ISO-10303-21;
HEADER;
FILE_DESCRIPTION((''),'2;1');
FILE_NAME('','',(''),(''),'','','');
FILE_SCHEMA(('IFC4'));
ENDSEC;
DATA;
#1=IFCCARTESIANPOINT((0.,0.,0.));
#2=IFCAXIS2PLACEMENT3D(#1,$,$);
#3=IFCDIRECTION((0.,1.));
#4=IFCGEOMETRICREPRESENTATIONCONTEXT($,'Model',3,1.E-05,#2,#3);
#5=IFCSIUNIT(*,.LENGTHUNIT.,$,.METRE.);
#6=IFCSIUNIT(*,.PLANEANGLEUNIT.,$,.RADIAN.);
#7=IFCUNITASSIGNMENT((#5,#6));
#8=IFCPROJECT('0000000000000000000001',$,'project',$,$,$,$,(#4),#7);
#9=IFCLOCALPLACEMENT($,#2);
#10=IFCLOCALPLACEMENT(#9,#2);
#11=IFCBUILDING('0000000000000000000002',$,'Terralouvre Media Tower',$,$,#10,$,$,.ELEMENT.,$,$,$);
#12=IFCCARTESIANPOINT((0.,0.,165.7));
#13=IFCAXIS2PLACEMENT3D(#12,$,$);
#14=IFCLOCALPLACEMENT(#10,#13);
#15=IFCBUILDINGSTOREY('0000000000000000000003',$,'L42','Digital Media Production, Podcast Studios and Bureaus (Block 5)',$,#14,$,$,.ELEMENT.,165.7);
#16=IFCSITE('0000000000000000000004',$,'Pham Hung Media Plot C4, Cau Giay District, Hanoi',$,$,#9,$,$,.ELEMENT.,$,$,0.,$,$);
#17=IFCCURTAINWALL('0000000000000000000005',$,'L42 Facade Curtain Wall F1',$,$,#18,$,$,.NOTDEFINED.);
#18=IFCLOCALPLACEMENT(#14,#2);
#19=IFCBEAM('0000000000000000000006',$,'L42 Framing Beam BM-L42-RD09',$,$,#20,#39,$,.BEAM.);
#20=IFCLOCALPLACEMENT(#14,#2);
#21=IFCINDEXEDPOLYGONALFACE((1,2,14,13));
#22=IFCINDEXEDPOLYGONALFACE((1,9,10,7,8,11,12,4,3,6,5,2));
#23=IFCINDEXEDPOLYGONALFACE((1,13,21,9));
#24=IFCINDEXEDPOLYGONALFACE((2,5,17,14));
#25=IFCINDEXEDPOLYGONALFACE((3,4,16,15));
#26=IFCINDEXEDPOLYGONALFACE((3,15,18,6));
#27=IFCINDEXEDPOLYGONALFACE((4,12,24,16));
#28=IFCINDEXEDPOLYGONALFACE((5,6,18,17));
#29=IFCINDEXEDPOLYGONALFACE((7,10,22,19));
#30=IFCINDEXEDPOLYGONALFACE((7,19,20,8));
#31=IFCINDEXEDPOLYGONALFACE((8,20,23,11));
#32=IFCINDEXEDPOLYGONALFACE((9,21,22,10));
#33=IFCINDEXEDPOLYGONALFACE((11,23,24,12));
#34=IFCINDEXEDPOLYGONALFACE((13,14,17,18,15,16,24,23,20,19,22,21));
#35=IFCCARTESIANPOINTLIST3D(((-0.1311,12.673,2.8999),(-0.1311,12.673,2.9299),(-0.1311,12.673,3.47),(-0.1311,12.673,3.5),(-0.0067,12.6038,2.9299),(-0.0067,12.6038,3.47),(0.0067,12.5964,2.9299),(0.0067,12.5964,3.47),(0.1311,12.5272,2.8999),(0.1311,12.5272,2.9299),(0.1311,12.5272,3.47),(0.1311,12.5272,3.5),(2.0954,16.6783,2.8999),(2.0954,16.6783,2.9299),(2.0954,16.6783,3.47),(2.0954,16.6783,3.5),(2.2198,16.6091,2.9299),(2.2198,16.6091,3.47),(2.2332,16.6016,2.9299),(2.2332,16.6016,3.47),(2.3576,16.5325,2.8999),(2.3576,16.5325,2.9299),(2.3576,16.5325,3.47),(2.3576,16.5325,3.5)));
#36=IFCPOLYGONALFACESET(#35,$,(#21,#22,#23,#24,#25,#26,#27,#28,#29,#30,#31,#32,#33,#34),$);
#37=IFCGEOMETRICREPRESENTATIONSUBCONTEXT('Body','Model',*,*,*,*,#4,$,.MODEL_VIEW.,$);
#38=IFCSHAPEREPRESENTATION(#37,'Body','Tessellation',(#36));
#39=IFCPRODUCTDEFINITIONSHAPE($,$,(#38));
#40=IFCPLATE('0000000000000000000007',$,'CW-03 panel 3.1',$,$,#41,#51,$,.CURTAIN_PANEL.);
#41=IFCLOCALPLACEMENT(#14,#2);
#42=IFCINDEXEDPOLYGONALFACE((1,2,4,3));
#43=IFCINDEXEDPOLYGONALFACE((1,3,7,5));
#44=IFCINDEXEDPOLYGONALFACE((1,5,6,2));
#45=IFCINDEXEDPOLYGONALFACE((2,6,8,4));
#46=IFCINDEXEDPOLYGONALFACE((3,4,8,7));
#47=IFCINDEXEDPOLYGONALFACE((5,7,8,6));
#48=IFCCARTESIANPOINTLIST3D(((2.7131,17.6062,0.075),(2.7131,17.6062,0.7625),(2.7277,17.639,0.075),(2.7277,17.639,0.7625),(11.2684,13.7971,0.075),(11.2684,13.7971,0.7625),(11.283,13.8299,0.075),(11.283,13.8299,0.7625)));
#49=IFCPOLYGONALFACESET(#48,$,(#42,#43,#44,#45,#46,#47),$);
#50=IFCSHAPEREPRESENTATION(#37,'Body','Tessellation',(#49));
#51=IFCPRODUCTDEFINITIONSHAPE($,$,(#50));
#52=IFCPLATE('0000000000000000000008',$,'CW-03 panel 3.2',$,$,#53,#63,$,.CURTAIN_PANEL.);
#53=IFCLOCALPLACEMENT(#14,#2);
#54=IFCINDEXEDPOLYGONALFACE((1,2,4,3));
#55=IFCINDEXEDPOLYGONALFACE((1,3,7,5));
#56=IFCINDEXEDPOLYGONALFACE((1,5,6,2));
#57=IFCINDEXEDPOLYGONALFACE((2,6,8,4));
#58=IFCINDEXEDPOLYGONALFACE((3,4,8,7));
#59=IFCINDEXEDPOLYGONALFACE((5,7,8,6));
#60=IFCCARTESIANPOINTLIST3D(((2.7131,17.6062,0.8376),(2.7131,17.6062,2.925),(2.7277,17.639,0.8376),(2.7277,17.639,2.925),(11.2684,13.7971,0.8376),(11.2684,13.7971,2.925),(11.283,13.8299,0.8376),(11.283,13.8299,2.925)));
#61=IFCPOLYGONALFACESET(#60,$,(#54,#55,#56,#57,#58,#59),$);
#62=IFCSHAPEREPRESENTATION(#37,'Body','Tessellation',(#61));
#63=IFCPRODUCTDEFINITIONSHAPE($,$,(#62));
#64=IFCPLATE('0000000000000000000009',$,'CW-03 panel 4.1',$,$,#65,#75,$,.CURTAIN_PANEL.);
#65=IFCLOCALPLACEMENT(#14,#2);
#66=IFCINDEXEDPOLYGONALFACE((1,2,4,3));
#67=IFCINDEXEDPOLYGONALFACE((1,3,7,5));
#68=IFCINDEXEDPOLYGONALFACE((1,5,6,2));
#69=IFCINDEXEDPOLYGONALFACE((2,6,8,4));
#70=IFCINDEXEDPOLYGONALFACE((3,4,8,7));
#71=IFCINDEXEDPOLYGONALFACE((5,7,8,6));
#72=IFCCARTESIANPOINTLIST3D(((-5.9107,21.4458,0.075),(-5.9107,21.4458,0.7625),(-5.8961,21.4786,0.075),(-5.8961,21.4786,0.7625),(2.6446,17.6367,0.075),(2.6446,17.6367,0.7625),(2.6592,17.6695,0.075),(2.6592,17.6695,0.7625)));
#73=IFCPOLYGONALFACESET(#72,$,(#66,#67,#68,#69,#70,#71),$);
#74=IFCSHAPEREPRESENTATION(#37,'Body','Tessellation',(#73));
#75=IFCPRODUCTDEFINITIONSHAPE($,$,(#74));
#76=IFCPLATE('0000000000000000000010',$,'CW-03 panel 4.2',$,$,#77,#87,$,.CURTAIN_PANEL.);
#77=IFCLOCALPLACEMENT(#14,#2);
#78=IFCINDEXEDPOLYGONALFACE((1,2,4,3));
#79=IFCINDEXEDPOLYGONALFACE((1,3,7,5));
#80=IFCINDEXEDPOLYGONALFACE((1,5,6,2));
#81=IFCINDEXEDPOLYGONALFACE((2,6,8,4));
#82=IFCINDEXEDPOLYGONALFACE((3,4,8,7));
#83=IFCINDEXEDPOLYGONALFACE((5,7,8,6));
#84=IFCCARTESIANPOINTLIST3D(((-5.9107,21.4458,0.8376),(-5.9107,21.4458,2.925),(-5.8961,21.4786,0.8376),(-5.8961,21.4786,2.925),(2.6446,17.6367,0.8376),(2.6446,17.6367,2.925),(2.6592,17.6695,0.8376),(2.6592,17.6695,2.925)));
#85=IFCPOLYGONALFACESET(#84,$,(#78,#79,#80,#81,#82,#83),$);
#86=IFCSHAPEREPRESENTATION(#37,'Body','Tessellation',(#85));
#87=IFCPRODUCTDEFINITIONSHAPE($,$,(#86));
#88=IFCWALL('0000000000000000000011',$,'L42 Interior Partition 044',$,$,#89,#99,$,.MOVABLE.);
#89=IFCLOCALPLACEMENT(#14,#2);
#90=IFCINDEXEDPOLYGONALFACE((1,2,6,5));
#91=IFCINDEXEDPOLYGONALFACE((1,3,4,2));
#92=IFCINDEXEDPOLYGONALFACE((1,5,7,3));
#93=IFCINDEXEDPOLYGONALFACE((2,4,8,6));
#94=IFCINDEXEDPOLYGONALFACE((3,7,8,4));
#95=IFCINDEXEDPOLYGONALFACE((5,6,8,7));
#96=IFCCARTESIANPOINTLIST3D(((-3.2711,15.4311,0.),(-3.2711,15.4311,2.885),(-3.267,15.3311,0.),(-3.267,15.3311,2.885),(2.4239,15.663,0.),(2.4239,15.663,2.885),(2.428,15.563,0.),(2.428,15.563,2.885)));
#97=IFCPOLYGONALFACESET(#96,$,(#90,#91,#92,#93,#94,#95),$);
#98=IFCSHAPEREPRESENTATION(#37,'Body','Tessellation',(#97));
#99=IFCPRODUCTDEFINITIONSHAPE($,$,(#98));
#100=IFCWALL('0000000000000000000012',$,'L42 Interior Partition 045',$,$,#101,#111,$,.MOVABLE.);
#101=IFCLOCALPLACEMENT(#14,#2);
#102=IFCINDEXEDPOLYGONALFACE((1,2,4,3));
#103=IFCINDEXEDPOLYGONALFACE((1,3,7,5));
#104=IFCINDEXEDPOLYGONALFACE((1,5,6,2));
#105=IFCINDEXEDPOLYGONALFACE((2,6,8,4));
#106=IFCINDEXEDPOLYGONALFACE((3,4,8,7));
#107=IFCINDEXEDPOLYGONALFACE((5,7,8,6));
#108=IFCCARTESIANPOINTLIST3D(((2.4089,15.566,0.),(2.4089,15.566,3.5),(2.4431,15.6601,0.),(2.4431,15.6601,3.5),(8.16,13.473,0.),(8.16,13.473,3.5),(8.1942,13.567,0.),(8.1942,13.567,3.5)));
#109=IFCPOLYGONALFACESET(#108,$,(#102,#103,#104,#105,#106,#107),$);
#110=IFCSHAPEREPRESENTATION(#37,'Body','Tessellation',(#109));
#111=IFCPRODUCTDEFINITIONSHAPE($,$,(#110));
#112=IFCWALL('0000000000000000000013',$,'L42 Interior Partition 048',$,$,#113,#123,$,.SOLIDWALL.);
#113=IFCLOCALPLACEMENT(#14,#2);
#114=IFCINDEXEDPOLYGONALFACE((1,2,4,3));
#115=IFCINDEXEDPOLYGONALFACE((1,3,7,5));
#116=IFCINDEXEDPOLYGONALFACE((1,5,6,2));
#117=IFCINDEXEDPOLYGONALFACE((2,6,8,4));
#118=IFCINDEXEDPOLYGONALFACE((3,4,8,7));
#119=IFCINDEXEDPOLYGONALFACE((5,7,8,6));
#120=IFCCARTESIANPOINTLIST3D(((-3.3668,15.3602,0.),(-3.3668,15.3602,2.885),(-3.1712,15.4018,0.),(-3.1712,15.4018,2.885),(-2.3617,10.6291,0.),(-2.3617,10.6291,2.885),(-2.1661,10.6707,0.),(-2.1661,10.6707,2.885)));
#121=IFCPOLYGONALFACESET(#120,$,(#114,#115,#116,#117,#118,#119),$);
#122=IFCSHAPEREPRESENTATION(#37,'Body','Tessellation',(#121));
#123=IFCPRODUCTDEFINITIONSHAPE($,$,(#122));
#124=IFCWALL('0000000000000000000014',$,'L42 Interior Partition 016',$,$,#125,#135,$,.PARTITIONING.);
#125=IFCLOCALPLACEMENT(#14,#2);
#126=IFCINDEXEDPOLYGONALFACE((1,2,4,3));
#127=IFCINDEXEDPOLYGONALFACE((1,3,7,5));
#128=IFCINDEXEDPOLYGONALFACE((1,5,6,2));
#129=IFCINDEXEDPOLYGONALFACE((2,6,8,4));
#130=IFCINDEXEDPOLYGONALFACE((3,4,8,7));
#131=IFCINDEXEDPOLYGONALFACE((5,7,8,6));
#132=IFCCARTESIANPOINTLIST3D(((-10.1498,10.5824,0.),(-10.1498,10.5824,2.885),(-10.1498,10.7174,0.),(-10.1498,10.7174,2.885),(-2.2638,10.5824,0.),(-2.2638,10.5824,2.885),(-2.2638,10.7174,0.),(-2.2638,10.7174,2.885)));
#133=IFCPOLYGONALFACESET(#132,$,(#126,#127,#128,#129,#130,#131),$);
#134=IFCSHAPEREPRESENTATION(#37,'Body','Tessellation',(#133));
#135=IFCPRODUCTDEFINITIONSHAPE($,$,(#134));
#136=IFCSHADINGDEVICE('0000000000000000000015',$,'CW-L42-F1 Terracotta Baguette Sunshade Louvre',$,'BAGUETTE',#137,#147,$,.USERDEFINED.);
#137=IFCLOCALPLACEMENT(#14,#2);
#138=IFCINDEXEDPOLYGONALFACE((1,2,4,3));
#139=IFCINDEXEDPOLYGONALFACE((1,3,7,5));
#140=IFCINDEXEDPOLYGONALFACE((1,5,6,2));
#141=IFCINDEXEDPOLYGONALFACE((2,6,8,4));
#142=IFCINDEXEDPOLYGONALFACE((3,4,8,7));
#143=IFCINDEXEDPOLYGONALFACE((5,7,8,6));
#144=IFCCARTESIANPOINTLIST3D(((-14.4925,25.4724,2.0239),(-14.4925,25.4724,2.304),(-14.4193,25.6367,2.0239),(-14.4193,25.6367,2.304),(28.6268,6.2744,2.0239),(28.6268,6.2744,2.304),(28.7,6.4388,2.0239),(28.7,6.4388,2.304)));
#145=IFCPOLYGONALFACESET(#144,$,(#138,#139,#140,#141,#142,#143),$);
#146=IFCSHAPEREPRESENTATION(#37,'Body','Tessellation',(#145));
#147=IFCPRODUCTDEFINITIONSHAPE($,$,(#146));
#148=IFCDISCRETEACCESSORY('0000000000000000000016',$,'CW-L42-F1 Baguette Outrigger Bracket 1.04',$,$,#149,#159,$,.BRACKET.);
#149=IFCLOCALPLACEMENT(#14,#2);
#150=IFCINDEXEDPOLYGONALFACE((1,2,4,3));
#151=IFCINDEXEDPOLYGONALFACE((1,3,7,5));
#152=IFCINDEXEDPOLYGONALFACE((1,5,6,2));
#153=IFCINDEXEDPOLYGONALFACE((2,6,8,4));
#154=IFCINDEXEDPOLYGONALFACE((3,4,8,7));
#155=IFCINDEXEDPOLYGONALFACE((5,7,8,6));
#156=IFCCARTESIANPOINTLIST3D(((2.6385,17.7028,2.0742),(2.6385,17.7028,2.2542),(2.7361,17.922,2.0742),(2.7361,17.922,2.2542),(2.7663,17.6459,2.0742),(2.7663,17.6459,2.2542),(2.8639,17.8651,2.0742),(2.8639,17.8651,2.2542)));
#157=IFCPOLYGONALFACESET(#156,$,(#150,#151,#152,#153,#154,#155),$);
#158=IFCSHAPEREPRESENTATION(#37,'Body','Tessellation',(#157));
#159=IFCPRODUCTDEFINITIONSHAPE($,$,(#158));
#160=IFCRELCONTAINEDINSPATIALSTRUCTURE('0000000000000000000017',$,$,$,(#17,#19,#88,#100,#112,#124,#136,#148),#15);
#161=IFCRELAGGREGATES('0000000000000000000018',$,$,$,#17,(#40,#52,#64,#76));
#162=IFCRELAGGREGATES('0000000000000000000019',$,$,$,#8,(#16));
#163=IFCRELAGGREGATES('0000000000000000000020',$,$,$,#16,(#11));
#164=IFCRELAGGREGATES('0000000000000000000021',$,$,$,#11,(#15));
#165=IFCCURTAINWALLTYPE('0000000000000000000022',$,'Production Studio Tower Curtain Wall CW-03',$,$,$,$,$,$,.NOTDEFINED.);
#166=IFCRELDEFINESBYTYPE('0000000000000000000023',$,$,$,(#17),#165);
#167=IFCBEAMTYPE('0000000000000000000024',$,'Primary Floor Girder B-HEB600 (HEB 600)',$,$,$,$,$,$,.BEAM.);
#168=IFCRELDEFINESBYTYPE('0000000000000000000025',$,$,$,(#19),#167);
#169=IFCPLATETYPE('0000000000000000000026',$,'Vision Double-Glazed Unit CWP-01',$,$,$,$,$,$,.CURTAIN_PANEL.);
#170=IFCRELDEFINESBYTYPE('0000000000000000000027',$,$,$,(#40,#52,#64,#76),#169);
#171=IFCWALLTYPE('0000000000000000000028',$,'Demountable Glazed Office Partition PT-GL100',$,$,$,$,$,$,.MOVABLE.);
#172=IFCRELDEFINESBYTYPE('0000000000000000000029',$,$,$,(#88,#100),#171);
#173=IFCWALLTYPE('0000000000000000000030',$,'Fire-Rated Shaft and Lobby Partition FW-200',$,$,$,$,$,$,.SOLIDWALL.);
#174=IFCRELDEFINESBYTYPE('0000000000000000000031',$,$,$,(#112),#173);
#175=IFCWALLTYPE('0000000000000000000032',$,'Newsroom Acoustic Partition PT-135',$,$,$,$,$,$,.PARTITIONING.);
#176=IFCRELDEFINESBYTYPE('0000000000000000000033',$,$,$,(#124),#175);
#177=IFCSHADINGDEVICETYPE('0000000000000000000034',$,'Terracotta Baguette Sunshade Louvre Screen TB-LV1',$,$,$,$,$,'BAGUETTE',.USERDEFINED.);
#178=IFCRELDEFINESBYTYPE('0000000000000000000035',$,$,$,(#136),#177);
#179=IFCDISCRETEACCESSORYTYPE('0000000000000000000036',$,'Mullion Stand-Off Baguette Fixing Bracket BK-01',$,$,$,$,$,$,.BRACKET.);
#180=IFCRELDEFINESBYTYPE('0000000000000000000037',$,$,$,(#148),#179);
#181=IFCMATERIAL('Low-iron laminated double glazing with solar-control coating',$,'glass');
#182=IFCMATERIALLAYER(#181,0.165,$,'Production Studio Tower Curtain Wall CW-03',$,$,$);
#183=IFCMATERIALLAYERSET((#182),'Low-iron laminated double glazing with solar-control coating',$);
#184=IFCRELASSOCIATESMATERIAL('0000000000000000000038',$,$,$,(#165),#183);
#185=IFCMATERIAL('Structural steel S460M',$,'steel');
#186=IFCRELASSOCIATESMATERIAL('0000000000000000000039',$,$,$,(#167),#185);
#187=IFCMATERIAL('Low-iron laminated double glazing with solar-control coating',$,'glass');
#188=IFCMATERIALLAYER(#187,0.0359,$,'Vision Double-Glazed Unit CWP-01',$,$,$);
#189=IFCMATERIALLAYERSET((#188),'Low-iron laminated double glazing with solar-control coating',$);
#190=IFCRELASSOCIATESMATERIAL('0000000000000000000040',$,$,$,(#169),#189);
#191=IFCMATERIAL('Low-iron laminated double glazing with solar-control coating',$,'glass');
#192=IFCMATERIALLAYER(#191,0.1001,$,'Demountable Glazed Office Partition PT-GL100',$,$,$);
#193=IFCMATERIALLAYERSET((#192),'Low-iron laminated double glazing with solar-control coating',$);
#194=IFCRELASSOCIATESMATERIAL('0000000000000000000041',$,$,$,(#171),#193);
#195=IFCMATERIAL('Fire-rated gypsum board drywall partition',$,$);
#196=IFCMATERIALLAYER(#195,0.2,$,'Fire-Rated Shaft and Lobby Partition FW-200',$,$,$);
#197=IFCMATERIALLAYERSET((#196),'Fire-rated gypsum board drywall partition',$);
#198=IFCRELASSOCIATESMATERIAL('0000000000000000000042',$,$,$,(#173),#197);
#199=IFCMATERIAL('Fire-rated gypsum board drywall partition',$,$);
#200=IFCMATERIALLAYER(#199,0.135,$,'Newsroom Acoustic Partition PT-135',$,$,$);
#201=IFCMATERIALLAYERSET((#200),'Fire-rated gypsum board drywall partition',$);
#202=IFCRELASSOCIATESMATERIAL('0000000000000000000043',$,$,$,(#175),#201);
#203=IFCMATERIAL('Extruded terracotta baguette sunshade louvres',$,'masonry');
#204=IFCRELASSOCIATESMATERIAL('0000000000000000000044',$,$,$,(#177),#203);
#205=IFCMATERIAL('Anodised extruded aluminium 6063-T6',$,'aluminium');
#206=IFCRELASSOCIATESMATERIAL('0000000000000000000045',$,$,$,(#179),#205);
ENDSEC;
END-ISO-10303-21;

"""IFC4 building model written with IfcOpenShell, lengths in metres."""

from ifc_helpers import new_model, si_unit, direction, frame, frame_2d, origin, origin_2d, place, context, subcontext, project, spatial, rectangle, i_section, extrude, material, layer, layer_set, material_profile, profile_set, type_object, element, aggregate, save


model = new_model("IFC4")

# Units and contexts
model_context = context("Model", 3, precision=1e-05, world=origin(), true_north=direction((0.0, 1.0)))
body_context = subcontext(model_context, "Body", "Model", "MODEL_VIEW")
ifc_project = project(units=[si_unit("LENGTHUNIT", "METRE"), si_unit("PLANEANGLEUNIT", "RADIAN")], contexts=[model_context])

# Site, building, storey
site_placement = place(None, origin())
site = spatial("IfcSite", under=ifc_project, at=site_placement, Name="Pham Hung Media Plot C4, Cau Giay District, Hanoi", CompositionType="ELEMENT", RefElevation=0.0)
building_placement = place(site_placement, origin())
building = spatial("IfcBuilding", under=site, at=building_placement, Name="Terralouvre Media Tower", CompositionType="ELEMENT")
storey_placement = place(building_placement, frame((0.0, 0.0, 165.7)))
storey = spatial("IfcBuildingStorey", under=building, at=storey_placement, Name="L42", Description="Digital Media Production, Podcast Studios and Bureaus (Block 5)", CompositionType="ELEMENT", Elevation=165.7)

# Curtain wall
ifc_material_1 = material(Name="Low-iron laminated double glazing with solar-control coating", Category="glass")
ifc_layer_1 = layer(ifc_material_1, 0.165, Name="Production Studio Tower Curtain Wall CW-03")
ifc_layer_set_1 = layer_set([ifc_layer_1], Name="Low-iron laminated double glazing with solar-control coating")
curtain_wall_type = type_object("IfcCurtainWallType", Name="Production Studio Tower Curtain Wall CW-03", PredefinedType="NOTDEFINED", material=ifc_layer_set_1)
curtain_wall_placement = place(storey_placement, origin())
curtain_wall = element("IfcCurtainWall", 1, at=curtain_wall_placement, inside=storey, type_object=curtain_wall_type, Name="L42 Facade Curtain Wall F1", PredefinedType="NOTDEFINED")

# Beam
ifc_material_2 = material(Name="Structural steel S460M", Category="steel")
ifc_material_profile_1 = material_profile(ifc_material_2, i_section(OverallWidth=0.3, OverallDepth=0.6001, WebThickness=0.0154, FlangeThickness=0.03, at=origin_2d()), Name="HEB 600")
ifc_profile_set_1 = profile_set([ifc_material_profile_1], Name="Structural steel S460M")
beam_type_1 = type_object("IfcBeamType", Name="Primary Floor Girder B-HEB600 (HEB 600)", PredefinedType="BEAM", material=ifc_profile_set_1)
beam_1_placement = place(storey_placement, frame((0.0, 12.6001, 3.2), z_axis=(0.485869, 0.874032, 0.0), x_axis=(-0.874032, 0.485869, 0.0)))
element("IfcBeam", 2, at=beam_1_placement, inside=storey, type_object=beam_type_1, Name="L42 Framing Beam BM-L42-RD09", PredefinedType="BEAM", context=body_context, shape_type="SweptSolid", body=[
    extrude(i_section(OverallWidth=0.3, OverallDepth=0.6001, WebThickness=0.0154, FlangeThickness=0.03, at=origin_2d()), origin(), (0.0, 0.0, 1.0), 4.5825),
])

# Plates
ifc_material_3 = material(Name="Low-iron laminated double glazing with solar-control coating", Category="glass")
ifc_layer_2 = layer(ifc_material_3, 0.0359, Name="Vision Double-Glazed Unit CWP-01")
ifc_layer_set_2 = layer_set([ifc_layer_2], Name="Low-iron laminated double glazing with solar-control coating")
plate_type = type_object("IfcPlateType", Name="Vision Double-Glazed Unit CWP-01", PredefinedType="CURTAIN_PANEL", material=ifc_layer_set_2)
plate_1_placement = place(storey_placement, frame((6.998, 15.718, 0.075), z_axis=(0.0, 0.0, 1.0), x_axis=(-0.913545, 0.406737, 0.0)))
plate_1 = element("IfcPlate", 3, at=plate_1_placement, type_object=plate_type, Name="CW-03 panel 3.1", PredefinedType="CURTAIN_PANEL", context=body_context, shape_type="SweptSolid", body=[
    extrude(rectangle(XDim=9.365, YDim=0.0359, at=origin_2d()), origin(), (0.0, 0.0, 1.0), 0.6875),
])
plate_2_placement = place(storey_placement, frame((6.998, 15.718, 0.8376), z_axis=(0.0, 0.0, 1.0), x_axis=(-0.913545, 0.406737, 0.0)))
plate_2 = element("IfcPlate", 4, at=plate_2_placement, type_object=plate_type, Name="CW-03 panel 3.2", PredefinedType="CURTAIN_PANEL", context=body_context, shape_type="SweptSolid", body=[
    extrude(rectangle(XDim=9.365, YDim=0.0359, at=origin_2d()), origin(), (0.0, 0.0, 1.0), 2.0874),
])
plate_3_placement = place(storey_placement, frame((-1.6257, 19.5576, 0.075), z_axis=(0.0, 0.0, 1.0), x_axis=(-0.913545, 0.406737, 0.0)))
plate_3 = element("IfcPlate", 5, at=plate_3_placement, type_object=plate_type, Name="CW-03 panel 4.1", PredefinedType="CURTAIN_PANEL", context=body_context, shape_type="SweptSolid", body=[
    extrude(rectangle(XDim=9.365, YDim=0.0359, at=origin_2d()), origin(), (0.0, 0.0, 1.0), 0.6875),
])
plate_4_placement = place(storey_placement, frame((-1.6257, 19.5576, 0.8376), z_axis=(0.0, 0.0, 1.0), x_axis=(-0.913545, 0.406737, 0.0)))
plate_4 = element("IfcPlate", 6, at=plate_4_placement, type_object=plate_type, Name="CW-03 panel 4.2", PredefinedType="CURTAIN_PANEL", context=body_context, shape_type="SweptSolid", body=[
    extrude(rectangle(XDim=9.365, YDim=0.0359, at=origin_2d()), origin(), (0.0, 0.0, 1.0), 2.0874),
])
aggregate(curtain_wall, [plate_1, plate_2, plate_3, plate_4])

# Walls
ifc_material_4 = material(Name="Low-iron laminated double glazing with solar-control coating", Category="glass")
ifc_layer_3 = layer(ifc_material_4, 0.1001, Name="Demountable Glazed Office Partition PT-GL100")
ifc_layer_set_3 = layer_set([ifc_layer_3], Name="Low-iron laminated double glazing with solar-control coating")
wall_type_1 = type_object("IfcWallType", Name="Demountable Glazed Office Partition PT-GL100", PredefinedType="MOVABLE", material=ifc_layer_set_3)
wall_1_placement = place(storey_placement, frame((-3.269, 15.3811, 0.0), z_axis=(0.0, 0.0, 1.0), x_axis=(0.999172, 0.040692, 0.0)))
element("IfcWall", 7, at=wall_1_placement, inside=storey, type_object=wall_type_1, Name="L42 Interior Partition 044", PredefinedType="MOVABLE", context=body_context, shape_type="SweptSolid", body=[
    extrude(rectangle(XDim=5.6997, YDim=0.1001, at=frame_2d((2.8499, 0.0))), origin(), (0.0, 0.0, 1.0), 2.885),
])
wall_2_placement = place(storey_placement, frame((2.426, 15.613, 0.0), z_axis=(0.0, 0.0, 1.0), x_axis=(0.939701, -0.341996, 0.0)))
element("IfcWall", 8, at=wall_2_placement, inside=storey, type_object=wall_type_1, Name="L42 Interior Partition 045", PredefinedType="MOVABLE", context=body_context, shape_type="SweptSolid", body=[
    extrude(rectangle(XDim=6.1201, YDim=0.1001, at=frame_2d((3.0601, 0.0))), origin(), (0.0, 0.0, 1.0), 3.5),
])
ifc_material_5 = material(Name="Fire-rated gypsum board drywall partition")
ifc_layer_4 = layer(ifc_material_5, 0.2, Name="Fire-Rated Shaft and Lobby Partition FW-200")
ifc_layer_set_4 = layer_set([ifc_layer_4], Name="Fire-rated gypsum board drywall partition")
wall_type_2 = type_object("IfcWallType", Name="Fire-Rated Shaft and Lobby Partition FW-200", PredefinedType="SOLIDWALL", material=ifc_layer_set_4)
wall_3_placement = place(storey_placement, frame((-3.269, 15.3811, 0.0), z_axis=(0.0, 0.0, 1.0), x_axis=(0.207809, -0.978169, 0.0)))
element("IfcWall", 9, at=wall_3_placement, inside=storey, type_object=wall_type_2, Name="L42 Interior Partition 048", PredefinedType="SOLIDWALL", context=body_context, shape_type="SweptSolid", body=[
    extrude(rectangle(XDim=4.8367, YDim=0.2, at=frame_2d((2.4185, 0.0))), origin(), (0.0, 0.0, 1.0), 2.885),
])
ifc_material_6 = material(Name="Fire-rated gypsum board drywall partition")
ifc_layer_5 = layer(ifc_material_6, 0.135, Name="Newsroom Acoustic Partition PT-135")
ifc_layer_set_5 = layer_set([ifc_layer_5], Name="Fire-rated gypsum board drywall partition")
wall_type_3 = type_object("IfcWallType", Name="Newsroom Acoustic Partition PT-135", PredefinedType="PARTITIONING", material=ifc_layer_set_5)
wall_4_placement = place(storey_placement, frame((-2.2639, 10.6499, 0.0), z_axis=(0.0, 0.0, 1.0), x_axis=(-1.0, 0.0, 0.0)))
element("IfcWall", 10, at=wall_4_placement, inside=storey, type_object=wall_type_3, Name="L42 Interior Partition 016", PredefinedType="PARTITIONING", context=body_context, shape_type="SweptSolid", body=[
    extrude(rectangle(XDim=7.886, YDim=0.135, at=frame_2d((3.9429, 0.0))), origin(), (0.0, 0.0, 1.0), 2.885),
])

# Shading device
ifc_material_7 = material(Name="Extruded terracotta baguette sunshade louvres", Category="masonry")
shading_device_type = type_object("IfcShadingDeviceType", Name="Terracotta Baguette Sunshade Louvre Screen TB-LV1", ElementType="BAGUETTE", PredefinedType="USERDEFINED", material=ifc_material_7)
shading_device_placement = place(storey_placement, frame((7.1038, 15.9556, 2.0239), z_axis=(0.0, 0.0, 1.0), x_axis=(-0.913545, 0.406737, 0.0)))
element("IfcShadingDevice", 11, at=shading_device_placement, inside=storey, type_object=shading_device_type, Name="CW-L42-F1 Terracotta Baguette Sunshade Louvre", ObjectType="BAGUETTE", PredefinedType="USERDEFINED", context=body_context, shape_type="SweptSolid", body=[
    extrude(rectangle(XDim=47.2, YDim=0.1799, at=origin_2d()), origin(), (0.0, 0.0, 1.0), 0.28),
])

# Discrete accessory
ifc_material_8 = material(Name="Anodised extruded aluminium 6063-T6", Category="aluminium")
discrete_accessory_type = type_object("IfcDiscreteAccessoryType", Name="Mullion Stand-Off Baguette Fixing Bracket BK-01", PredefinedType="BRACKET", material=ifc_material_8)
discrete_accessory_placement = place(storey_placement, frame((2.7512, 17.7839, 2.0742), z_axis=(0.0, 0.0, 1.0), x_axis=(-0.913545, 0.406737, 0.0)))
element("IfcDiscreteAccessory", 12, at=discrete_accessory_placement, inside=storey, type_object=discrete_accessory_type, Name="CW-L42-F1 Baguette Outrigger Bracket 1.04", PredefinedType="BRACKET", context=body_context, shape_type="SweptSolid", body=[
    extrude(rectangle(XDim=0.1399, YDim=0.24, at=origin_2d()), origin(), (0.0, 0.0, 1.0), 0.1799),
])

save(model, "model.ifc")
